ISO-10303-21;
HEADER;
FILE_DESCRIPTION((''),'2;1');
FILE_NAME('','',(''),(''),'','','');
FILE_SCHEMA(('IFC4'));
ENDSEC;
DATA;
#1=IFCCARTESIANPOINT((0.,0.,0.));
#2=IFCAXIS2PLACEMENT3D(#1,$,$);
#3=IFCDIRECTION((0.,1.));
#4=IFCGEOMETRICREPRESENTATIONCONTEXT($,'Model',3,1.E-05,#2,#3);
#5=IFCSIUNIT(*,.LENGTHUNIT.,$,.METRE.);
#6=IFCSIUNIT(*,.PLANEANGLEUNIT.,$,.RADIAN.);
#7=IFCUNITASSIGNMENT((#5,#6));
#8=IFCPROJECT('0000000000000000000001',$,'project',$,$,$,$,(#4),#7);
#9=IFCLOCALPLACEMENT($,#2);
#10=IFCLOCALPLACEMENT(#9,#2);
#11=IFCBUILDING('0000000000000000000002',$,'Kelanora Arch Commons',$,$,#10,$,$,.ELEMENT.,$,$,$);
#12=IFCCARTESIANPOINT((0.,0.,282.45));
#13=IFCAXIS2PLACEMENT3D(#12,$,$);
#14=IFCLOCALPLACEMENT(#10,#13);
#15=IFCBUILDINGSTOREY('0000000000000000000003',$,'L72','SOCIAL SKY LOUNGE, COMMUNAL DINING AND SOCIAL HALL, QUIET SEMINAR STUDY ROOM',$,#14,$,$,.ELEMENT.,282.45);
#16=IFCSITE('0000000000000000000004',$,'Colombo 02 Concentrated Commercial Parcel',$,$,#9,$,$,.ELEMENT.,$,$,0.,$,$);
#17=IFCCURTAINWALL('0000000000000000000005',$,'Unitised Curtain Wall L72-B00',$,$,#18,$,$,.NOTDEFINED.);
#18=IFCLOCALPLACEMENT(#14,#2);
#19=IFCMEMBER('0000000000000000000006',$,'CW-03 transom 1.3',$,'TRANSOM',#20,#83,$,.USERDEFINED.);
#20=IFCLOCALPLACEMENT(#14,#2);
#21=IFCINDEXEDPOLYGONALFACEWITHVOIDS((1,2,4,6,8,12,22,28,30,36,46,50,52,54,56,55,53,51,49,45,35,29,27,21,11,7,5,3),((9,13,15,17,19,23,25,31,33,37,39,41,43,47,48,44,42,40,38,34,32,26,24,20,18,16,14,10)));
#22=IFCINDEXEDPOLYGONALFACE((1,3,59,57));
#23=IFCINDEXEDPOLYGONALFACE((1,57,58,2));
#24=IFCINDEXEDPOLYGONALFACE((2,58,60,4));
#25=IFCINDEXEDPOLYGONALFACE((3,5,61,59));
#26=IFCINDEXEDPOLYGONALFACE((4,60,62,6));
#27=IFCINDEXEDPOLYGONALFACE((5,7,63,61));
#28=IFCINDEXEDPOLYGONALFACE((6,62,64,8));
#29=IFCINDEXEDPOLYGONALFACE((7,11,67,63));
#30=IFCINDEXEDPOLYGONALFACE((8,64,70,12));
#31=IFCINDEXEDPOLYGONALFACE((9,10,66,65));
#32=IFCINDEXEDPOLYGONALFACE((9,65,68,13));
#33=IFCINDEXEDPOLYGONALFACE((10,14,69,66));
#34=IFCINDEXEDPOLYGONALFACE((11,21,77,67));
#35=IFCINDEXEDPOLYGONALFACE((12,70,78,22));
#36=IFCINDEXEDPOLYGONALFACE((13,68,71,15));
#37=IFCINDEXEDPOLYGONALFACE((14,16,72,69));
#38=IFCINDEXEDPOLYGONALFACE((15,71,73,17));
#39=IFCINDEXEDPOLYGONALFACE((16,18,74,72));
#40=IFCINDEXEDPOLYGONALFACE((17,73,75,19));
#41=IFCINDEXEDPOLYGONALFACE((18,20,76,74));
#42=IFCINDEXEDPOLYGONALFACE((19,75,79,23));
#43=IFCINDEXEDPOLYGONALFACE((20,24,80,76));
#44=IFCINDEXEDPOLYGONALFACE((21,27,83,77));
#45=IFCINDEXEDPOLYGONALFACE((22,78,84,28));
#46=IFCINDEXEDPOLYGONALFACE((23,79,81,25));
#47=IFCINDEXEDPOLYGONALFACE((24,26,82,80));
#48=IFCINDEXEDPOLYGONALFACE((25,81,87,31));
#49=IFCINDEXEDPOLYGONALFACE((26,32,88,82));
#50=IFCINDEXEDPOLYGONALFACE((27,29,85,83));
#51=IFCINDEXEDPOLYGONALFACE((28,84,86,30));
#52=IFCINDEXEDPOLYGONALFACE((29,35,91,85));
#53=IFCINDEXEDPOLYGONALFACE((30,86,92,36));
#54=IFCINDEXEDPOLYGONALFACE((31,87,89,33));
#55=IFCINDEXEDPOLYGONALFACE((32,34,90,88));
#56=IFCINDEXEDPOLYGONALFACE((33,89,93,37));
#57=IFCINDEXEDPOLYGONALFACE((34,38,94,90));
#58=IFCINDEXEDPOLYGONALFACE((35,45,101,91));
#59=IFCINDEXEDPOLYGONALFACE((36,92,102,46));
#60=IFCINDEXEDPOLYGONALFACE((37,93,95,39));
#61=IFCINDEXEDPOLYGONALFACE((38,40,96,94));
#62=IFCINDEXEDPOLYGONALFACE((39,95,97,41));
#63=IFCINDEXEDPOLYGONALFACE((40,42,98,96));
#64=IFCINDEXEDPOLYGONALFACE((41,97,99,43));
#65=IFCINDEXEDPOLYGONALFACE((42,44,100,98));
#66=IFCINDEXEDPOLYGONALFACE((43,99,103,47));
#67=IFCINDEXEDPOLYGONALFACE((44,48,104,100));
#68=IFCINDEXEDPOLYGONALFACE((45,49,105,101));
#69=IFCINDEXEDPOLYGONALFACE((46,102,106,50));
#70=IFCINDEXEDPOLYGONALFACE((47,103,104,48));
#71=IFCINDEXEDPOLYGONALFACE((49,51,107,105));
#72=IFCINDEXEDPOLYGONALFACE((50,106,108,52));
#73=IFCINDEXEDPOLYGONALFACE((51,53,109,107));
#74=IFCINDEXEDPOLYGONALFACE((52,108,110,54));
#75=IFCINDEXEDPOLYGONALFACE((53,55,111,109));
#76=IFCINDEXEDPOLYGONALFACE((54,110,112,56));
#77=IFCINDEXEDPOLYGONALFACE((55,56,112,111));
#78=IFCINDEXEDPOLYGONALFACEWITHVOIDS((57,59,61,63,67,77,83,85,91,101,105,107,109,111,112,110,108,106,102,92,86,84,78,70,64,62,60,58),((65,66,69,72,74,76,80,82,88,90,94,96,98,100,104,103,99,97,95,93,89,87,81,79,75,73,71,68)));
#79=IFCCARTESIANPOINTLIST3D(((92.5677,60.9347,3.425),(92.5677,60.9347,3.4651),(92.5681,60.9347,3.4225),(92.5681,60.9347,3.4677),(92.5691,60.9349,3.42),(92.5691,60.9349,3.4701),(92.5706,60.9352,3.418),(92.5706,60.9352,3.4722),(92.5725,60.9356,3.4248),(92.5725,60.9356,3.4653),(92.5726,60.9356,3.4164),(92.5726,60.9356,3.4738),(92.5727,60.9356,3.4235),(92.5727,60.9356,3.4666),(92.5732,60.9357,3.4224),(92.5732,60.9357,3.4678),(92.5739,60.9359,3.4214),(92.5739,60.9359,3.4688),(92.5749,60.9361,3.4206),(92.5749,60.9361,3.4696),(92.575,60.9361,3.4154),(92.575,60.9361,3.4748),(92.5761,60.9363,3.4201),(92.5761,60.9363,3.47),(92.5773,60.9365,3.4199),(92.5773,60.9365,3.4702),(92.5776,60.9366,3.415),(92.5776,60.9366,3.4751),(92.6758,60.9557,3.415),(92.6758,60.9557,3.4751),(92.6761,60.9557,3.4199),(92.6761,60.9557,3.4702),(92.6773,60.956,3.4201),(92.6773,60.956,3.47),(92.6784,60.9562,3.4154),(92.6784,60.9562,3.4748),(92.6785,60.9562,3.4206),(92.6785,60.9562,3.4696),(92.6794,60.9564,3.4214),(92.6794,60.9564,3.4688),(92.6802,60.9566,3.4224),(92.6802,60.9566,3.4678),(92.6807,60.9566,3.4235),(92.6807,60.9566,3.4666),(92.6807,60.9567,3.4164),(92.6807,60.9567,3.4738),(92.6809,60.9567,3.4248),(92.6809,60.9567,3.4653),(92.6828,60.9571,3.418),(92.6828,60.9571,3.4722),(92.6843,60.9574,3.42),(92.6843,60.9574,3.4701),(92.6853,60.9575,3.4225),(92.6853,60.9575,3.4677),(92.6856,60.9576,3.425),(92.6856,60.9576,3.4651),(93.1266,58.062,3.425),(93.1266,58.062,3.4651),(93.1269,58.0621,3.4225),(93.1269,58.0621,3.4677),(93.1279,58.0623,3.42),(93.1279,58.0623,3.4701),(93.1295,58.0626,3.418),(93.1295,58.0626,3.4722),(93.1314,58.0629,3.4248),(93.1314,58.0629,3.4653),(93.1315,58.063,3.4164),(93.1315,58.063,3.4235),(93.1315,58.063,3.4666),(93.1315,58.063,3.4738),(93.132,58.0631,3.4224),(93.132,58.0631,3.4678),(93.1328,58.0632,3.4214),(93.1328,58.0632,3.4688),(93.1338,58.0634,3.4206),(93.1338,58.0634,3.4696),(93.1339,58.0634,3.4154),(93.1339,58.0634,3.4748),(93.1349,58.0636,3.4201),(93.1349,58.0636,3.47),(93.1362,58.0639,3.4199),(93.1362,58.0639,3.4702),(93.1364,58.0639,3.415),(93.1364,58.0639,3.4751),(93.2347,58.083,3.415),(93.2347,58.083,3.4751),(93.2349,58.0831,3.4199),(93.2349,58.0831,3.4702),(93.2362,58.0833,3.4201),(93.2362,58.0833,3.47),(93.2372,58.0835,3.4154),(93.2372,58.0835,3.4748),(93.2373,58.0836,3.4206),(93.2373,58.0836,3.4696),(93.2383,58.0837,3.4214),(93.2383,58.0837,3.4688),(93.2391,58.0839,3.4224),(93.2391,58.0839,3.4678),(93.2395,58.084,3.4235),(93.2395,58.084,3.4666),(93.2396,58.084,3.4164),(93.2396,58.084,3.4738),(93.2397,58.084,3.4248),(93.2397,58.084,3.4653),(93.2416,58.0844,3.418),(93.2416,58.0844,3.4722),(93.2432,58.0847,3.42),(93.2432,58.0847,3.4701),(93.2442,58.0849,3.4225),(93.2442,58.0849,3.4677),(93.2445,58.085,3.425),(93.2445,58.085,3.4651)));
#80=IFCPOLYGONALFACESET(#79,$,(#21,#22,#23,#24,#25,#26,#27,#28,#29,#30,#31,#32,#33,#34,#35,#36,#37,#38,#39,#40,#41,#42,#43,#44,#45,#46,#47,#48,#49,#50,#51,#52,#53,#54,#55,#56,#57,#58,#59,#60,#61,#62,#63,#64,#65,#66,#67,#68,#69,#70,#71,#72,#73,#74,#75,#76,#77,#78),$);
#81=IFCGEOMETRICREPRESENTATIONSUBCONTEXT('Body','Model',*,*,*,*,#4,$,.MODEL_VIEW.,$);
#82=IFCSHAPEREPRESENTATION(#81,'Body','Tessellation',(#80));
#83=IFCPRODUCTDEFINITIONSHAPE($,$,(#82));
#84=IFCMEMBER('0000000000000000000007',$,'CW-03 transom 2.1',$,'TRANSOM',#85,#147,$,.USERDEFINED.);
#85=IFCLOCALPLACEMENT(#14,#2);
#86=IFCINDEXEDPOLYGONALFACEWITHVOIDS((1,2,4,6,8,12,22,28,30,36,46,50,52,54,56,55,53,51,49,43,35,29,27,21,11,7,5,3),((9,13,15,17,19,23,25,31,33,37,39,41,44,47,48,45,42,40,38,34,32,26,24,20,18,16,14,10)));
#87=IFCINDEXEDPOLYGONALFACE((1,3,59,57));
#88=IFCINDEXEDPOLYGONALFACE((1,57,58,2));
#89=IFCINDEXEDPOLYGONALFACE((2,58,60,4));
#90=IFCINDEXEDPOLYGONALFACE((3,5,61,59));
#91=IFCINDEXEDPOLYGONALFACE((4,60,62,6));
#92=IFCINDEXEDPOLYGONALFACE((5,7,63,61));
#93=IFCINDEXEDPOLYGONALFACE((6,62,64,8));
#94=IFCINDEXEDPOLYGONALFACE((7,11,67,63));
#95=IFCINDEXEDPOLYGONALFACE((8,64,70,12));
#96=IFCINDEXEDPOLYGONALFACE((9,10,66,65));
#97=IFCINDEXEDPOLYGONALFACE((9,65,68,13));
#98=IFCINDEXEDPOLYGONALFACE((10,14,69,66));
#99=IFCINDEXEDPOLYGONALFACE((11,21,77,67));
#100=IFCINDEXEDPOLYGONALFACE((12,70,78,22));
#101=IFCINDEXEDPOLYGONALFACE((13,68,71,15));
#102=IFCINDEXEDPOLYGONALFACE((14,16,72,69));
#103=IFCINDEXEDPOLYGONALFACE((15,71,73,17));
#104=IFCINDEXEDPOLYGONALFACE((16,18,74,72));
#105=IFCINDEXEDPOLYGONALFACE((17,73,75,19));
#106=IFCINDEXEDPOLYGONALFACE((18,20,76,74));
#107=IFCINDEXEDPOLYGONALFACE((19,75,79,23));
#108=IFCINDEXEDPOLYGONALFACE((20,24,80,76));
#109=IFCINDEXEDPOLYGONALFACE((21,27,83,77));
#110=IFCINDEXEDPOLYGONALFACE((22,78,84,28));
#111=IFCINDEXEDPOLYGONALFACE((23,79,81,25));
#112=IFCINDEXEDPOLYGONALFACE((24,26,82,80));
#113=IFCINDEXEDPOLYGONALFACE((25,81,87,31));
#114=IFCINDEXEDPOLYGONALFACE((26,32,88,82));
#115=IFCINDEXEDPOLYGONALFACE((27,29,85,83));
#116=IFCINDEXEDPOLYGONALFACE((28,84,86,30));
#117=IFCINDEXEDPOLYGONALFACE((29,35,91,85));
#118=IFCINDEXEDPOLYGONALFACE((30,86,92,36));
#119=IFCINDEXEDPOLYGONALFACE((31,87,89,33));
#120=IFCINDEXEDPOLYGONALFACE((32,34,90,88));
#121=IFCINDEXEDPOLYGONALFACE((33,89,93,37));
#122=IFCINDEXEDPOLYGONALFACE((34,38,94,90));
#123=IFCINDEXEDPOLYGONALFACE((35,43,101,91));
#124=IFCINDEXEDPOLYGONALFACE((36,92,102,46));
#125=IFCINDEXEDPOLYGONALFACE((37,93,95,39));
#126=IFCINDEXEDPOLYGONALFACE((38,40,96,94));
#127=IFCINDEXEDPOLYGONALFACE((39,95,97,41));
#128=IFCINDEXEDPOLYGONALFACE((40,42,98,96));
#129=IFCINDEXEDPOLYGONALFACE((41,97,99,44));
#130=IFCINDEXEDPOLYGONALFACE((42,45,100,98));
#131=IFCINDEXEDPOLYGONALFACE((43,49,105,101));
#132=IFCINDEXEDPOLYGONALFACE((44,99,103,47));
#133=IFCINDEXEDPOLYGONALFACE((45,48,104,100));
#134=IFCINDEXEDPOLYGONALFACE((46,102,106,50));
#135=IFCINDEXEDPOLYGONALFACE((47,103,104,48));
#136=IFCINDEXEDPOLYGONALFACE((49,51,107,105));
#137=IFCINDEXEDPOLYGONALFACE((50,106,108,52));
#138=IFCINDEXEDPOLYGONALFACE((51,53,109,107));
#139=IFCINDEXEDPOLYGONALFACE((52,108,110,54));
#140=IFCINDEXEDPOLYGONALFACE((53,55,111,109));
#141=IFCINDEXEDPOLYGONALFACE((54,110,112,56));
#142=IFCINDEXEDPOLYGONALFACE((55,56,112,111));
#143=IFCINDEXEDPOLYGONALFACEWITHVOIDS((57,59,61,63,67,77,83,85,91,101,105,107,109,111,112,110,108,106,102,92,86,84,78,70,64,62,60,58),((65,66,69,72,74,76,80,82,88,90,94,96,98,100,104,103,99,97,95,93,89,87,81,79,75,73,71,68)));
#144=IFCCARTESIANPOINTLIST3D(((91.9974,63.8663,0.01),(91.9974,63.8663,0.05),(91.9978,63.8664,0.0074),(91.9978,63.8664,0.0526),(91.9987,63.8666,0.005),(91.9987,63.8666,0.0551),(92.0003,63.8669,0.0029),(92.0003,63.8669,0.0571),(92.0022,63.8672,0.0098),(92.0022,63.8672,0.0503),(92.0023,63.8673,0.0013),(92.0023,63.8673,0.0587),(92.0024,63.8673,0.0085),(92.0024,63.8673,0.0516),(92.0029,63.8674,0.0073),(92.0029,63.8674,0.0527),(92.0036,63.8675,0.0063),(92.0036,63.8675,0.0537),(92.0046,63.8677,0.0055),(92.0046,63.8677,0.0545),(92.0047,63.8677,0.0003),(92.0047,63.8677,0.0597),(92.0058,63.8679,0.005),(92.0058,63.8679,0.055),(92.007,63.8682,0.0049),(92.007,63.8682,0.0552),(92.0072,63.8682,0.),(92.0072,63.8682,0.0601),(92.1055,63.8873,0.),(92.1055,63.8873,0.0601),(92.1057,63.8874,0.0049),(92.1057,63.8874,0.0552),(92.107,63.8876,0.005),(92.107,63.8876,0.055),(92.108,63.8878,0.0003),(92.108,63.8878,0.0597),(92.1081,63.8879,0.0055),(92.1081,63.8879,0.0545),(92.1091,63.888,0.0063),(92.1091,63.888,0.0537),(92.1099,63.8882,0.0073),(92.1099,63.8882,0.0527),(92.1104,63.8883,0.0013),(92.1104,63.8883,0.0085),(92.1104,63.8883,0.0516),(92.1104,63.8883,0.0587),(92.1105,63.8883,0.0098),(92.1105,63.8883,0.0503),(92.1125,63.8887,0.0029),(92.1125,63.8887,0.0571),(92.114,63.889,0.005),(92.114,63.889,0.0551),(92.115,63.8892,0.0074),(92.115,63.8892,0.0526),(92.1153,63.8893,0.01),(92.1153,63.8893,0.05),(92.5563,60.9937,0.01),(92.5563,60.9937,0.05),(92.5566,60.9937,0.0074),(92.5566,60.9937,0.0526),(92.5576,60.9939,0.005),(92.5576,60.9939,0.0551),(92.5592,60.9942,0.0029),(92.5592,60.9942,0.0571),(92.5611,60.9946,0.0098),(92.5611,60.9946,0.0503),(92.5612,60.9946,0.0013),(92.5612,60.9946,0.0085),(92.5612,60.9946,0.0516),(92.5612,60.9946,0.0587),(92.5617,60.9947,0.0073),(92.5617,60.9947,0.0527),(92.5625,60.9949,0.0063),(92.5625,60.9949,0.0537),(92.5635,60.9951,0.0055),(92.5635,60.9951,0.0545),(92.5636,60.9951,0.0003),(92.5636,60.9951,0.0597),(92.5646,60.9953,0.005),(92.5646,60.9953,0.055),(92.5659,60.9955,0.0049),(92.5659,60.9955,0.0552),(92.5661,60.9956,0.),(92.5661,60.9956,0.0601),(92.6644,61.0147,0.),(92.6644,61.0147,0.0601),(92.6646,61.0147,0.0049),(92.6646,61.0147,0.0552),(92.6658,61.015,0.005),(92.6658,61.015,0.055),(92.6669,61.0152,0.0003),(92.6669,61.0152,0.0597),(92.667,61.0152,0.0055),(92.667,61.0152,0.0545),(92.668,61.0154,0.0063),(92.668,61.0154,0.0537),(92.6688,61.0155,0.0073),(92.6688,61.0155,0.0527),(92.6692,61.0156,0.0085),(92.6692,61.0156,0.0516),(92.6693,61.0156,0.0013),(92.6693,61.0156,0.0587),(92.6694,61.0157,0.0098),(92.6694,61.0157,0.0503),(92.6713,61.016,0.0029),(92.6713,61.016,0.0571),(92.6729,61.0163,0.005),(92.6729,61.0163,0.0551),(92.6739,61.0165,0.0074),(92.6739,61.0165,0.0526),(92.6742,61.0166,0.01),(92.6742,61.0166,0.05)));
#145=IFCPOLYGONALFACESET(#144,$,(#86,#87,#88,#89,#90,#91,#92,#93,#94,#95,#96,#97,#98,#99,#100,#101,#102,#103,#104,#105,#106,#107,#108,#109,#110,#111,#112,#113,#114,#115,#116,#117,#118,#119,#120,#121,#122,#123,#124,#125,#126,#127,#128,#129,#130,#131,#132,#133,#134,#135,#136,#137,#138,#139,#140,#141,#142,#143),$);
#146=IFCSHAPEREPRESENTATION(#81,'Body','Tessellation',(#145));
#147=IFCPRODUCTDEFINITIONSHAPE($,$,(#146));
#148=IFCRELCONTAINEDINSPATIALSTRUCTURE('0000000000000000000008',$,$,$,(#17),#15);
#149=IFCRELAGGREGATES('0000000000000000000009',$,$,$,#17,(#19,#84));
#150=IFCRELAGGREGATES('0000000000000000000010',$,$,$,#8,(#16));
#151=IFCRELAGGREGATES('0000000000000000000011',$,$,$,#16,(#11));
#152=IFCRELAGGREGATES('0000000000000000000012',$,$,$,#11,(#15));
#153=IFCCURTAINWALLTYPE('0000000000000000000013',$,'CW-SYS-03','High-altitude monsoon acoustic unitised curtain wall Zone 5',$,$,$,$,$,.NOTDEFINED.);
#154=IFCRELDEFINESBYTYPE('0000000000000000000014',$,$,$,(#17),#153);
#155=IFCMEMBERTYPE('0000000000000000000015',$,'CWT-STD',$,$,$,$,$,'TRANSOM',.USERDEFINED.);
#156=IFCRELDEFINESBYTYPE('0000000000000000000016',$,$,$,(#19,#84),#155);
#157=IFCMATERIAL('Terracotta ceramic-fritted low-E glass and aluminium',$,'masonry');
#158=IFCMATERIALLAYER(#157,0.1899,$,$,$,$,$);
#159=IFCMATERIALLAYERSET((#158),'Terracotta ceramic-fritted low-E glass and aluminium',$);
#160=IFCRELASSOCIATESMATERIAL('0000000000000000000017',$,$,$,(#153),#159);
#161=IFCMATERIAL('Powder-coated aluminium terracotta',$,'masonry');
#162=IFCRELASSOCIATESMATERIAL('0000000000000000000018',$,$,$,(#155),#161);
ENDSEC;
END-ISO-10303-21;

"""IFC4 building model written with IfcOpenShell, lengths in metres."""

from ifc_helpers import new_model, si_unit, direction, frame, origin, origin_2d, place, context, subcontext, project, spatial, hollow_rectangle, extrude, material, layer, layer_set, material_profile, profile_set, type_object, element, aggregate, save


model = new_model("IFC4")

# Units and contexts
model_context = context("Model", 3, precision=1e-05, world=origin(), true_north=direction((0.0, 1.0)))
body_context = subcontext(model_context, "Body", "Model", "MODEL_VIEW")
ifc_project = project(units=[si_unit("LENGTHUNIT", "METRE"), si_unit("PLANEANGLEUNIT", "RADIAN")], contexts=[model_context])

# Site, building, storey
site_placement = place(None, origin())
site = spatial("IfcSite", under=ifc_project, at=site_placement, Name="Colombo 02 Concentrated Commercial Parcel", CompositionType="ELEMENT", RefElevation=0.0)
building_placement = place(site_placement, origin())
building = spatial("IfcBuilding", under=site, at=building_placement, Name="Kelanora Arch Commons", CompositionType="ELEMENT")
storey_placement = place(building_placement, frame((0.0, 0.0, 282.45)))
storey = spatial("IfcBuildingStorey", under=building, at=storey_placement, Name="L72", Description="SOCIAL SKY LOUNGE, COMMUNAL DINING AND SOCIAL HALL, QUIET SEMINAR STUDY ROOM", CompositionType="ELEMENT", Elevation=282.45)

# Curtain wall, members
ifc_material_1 = material(Name="Terracotta ceramic-fritted low-E glass and aluminium", Category="masonry")
ifc_layer_1 = layer(ifc_material_1, 0.1899)
ifc_layer_set_1 = layer_set([ifc_layer_1], Name="Terracotta ceramic-fritted low-E glass and aluminium")
curtain_wall_type = type_object("IfcCurtainWallType", Name="CW-SYS-03", Description="High-altitude monsoon acoustic unitised curtain wall Zone 5", PredefinedType="NOTDEFINED", material=ifc_layer_set_1)
curtain_wall_placement = place(storey_placement, origin())
curtain_wall = element("IfcCurtainWall", 1, at=curtain_wall_placement, inside=storey, type_object=curtain_wall_type, Name="Unitised Curtain Wall L72-B00", PredefinedType="NOTDEFINED")
ifc_material_2 = material(Name="Powder-coated aluminium terracotta", Category="masonry")
ifc_material_profile_1 = material_profile(ifc_material_2, hollow_rectangle(XDim=0.1201, YDim=0.0601, WallThickness=0.0049, InnerFilletRadius=0.0049, OuterFilletRadius=0.01, at=origin_2d()), Name="CWT120x60")
ifc_profile_set_1 = profile_set([ifc_material_profile_1], Name="Powder-coated aluminium terracotta")
member_type_1 = type_object("IfcMemberType", Name="CWT-STD", ElementType="TRANSOM", PredefinedType="USERDEFINED", material=ifc_profile_set_1)
member_1_placement = place(storey_placement, frame((93.1855, 58.0735, 3.4451), z_axis=(-0.190963, 0.981597, 0.0), x_axis=(-0.981597, -0.190963, 0.0)))
member_1 = element("IfcMember", 2, at=member_1_placement, type_object=member_type_1, Name="CW-03 transom 1.3", ObjectType="TRANSOM", PredefinedType="USERDEFINED", context=body_context, shape_type="SweptSolid", body=[
    extrude(hollow_rectangle(XDim=0.1201, YDim=0.0601, WallThickness=0.0049, InnerFilletRadius=0.0049, OuterFilletRadius=0.01, at=origin_2d()), origin(), (0.0, 0.0, 1.0), 2.9265),
])
member_2_placement = place(storey_placement, frame((92.6152, 61.0051, 0.03), z_axis=(-0.190963, 0.981597, 0.0), x_axis=(-0.981597, -0.190963, 0.0)))
member_2 = element("IfcMember", 3, at=member_2_placement, type_object=member_type_1, Name="CW-03 transom 2.1", ObjectType="TRANSOM", PredefinedType="USERDEFINED", context=body_context, shape_type="SweptSolid", body=[
    extrude(hollow_rectangle(XDim=0.1201, YDim=0.0601, WallThickness=0.0049, InnerFilletRadius=0.0049, OuterFilletRadius=0.01, at=origin_2d()), origin(), (0.0, 0.0, 1.0), 2.9265),
])
aggregate(curtain_wall, [member_1, member_2])

save(model, "model.ifc")
